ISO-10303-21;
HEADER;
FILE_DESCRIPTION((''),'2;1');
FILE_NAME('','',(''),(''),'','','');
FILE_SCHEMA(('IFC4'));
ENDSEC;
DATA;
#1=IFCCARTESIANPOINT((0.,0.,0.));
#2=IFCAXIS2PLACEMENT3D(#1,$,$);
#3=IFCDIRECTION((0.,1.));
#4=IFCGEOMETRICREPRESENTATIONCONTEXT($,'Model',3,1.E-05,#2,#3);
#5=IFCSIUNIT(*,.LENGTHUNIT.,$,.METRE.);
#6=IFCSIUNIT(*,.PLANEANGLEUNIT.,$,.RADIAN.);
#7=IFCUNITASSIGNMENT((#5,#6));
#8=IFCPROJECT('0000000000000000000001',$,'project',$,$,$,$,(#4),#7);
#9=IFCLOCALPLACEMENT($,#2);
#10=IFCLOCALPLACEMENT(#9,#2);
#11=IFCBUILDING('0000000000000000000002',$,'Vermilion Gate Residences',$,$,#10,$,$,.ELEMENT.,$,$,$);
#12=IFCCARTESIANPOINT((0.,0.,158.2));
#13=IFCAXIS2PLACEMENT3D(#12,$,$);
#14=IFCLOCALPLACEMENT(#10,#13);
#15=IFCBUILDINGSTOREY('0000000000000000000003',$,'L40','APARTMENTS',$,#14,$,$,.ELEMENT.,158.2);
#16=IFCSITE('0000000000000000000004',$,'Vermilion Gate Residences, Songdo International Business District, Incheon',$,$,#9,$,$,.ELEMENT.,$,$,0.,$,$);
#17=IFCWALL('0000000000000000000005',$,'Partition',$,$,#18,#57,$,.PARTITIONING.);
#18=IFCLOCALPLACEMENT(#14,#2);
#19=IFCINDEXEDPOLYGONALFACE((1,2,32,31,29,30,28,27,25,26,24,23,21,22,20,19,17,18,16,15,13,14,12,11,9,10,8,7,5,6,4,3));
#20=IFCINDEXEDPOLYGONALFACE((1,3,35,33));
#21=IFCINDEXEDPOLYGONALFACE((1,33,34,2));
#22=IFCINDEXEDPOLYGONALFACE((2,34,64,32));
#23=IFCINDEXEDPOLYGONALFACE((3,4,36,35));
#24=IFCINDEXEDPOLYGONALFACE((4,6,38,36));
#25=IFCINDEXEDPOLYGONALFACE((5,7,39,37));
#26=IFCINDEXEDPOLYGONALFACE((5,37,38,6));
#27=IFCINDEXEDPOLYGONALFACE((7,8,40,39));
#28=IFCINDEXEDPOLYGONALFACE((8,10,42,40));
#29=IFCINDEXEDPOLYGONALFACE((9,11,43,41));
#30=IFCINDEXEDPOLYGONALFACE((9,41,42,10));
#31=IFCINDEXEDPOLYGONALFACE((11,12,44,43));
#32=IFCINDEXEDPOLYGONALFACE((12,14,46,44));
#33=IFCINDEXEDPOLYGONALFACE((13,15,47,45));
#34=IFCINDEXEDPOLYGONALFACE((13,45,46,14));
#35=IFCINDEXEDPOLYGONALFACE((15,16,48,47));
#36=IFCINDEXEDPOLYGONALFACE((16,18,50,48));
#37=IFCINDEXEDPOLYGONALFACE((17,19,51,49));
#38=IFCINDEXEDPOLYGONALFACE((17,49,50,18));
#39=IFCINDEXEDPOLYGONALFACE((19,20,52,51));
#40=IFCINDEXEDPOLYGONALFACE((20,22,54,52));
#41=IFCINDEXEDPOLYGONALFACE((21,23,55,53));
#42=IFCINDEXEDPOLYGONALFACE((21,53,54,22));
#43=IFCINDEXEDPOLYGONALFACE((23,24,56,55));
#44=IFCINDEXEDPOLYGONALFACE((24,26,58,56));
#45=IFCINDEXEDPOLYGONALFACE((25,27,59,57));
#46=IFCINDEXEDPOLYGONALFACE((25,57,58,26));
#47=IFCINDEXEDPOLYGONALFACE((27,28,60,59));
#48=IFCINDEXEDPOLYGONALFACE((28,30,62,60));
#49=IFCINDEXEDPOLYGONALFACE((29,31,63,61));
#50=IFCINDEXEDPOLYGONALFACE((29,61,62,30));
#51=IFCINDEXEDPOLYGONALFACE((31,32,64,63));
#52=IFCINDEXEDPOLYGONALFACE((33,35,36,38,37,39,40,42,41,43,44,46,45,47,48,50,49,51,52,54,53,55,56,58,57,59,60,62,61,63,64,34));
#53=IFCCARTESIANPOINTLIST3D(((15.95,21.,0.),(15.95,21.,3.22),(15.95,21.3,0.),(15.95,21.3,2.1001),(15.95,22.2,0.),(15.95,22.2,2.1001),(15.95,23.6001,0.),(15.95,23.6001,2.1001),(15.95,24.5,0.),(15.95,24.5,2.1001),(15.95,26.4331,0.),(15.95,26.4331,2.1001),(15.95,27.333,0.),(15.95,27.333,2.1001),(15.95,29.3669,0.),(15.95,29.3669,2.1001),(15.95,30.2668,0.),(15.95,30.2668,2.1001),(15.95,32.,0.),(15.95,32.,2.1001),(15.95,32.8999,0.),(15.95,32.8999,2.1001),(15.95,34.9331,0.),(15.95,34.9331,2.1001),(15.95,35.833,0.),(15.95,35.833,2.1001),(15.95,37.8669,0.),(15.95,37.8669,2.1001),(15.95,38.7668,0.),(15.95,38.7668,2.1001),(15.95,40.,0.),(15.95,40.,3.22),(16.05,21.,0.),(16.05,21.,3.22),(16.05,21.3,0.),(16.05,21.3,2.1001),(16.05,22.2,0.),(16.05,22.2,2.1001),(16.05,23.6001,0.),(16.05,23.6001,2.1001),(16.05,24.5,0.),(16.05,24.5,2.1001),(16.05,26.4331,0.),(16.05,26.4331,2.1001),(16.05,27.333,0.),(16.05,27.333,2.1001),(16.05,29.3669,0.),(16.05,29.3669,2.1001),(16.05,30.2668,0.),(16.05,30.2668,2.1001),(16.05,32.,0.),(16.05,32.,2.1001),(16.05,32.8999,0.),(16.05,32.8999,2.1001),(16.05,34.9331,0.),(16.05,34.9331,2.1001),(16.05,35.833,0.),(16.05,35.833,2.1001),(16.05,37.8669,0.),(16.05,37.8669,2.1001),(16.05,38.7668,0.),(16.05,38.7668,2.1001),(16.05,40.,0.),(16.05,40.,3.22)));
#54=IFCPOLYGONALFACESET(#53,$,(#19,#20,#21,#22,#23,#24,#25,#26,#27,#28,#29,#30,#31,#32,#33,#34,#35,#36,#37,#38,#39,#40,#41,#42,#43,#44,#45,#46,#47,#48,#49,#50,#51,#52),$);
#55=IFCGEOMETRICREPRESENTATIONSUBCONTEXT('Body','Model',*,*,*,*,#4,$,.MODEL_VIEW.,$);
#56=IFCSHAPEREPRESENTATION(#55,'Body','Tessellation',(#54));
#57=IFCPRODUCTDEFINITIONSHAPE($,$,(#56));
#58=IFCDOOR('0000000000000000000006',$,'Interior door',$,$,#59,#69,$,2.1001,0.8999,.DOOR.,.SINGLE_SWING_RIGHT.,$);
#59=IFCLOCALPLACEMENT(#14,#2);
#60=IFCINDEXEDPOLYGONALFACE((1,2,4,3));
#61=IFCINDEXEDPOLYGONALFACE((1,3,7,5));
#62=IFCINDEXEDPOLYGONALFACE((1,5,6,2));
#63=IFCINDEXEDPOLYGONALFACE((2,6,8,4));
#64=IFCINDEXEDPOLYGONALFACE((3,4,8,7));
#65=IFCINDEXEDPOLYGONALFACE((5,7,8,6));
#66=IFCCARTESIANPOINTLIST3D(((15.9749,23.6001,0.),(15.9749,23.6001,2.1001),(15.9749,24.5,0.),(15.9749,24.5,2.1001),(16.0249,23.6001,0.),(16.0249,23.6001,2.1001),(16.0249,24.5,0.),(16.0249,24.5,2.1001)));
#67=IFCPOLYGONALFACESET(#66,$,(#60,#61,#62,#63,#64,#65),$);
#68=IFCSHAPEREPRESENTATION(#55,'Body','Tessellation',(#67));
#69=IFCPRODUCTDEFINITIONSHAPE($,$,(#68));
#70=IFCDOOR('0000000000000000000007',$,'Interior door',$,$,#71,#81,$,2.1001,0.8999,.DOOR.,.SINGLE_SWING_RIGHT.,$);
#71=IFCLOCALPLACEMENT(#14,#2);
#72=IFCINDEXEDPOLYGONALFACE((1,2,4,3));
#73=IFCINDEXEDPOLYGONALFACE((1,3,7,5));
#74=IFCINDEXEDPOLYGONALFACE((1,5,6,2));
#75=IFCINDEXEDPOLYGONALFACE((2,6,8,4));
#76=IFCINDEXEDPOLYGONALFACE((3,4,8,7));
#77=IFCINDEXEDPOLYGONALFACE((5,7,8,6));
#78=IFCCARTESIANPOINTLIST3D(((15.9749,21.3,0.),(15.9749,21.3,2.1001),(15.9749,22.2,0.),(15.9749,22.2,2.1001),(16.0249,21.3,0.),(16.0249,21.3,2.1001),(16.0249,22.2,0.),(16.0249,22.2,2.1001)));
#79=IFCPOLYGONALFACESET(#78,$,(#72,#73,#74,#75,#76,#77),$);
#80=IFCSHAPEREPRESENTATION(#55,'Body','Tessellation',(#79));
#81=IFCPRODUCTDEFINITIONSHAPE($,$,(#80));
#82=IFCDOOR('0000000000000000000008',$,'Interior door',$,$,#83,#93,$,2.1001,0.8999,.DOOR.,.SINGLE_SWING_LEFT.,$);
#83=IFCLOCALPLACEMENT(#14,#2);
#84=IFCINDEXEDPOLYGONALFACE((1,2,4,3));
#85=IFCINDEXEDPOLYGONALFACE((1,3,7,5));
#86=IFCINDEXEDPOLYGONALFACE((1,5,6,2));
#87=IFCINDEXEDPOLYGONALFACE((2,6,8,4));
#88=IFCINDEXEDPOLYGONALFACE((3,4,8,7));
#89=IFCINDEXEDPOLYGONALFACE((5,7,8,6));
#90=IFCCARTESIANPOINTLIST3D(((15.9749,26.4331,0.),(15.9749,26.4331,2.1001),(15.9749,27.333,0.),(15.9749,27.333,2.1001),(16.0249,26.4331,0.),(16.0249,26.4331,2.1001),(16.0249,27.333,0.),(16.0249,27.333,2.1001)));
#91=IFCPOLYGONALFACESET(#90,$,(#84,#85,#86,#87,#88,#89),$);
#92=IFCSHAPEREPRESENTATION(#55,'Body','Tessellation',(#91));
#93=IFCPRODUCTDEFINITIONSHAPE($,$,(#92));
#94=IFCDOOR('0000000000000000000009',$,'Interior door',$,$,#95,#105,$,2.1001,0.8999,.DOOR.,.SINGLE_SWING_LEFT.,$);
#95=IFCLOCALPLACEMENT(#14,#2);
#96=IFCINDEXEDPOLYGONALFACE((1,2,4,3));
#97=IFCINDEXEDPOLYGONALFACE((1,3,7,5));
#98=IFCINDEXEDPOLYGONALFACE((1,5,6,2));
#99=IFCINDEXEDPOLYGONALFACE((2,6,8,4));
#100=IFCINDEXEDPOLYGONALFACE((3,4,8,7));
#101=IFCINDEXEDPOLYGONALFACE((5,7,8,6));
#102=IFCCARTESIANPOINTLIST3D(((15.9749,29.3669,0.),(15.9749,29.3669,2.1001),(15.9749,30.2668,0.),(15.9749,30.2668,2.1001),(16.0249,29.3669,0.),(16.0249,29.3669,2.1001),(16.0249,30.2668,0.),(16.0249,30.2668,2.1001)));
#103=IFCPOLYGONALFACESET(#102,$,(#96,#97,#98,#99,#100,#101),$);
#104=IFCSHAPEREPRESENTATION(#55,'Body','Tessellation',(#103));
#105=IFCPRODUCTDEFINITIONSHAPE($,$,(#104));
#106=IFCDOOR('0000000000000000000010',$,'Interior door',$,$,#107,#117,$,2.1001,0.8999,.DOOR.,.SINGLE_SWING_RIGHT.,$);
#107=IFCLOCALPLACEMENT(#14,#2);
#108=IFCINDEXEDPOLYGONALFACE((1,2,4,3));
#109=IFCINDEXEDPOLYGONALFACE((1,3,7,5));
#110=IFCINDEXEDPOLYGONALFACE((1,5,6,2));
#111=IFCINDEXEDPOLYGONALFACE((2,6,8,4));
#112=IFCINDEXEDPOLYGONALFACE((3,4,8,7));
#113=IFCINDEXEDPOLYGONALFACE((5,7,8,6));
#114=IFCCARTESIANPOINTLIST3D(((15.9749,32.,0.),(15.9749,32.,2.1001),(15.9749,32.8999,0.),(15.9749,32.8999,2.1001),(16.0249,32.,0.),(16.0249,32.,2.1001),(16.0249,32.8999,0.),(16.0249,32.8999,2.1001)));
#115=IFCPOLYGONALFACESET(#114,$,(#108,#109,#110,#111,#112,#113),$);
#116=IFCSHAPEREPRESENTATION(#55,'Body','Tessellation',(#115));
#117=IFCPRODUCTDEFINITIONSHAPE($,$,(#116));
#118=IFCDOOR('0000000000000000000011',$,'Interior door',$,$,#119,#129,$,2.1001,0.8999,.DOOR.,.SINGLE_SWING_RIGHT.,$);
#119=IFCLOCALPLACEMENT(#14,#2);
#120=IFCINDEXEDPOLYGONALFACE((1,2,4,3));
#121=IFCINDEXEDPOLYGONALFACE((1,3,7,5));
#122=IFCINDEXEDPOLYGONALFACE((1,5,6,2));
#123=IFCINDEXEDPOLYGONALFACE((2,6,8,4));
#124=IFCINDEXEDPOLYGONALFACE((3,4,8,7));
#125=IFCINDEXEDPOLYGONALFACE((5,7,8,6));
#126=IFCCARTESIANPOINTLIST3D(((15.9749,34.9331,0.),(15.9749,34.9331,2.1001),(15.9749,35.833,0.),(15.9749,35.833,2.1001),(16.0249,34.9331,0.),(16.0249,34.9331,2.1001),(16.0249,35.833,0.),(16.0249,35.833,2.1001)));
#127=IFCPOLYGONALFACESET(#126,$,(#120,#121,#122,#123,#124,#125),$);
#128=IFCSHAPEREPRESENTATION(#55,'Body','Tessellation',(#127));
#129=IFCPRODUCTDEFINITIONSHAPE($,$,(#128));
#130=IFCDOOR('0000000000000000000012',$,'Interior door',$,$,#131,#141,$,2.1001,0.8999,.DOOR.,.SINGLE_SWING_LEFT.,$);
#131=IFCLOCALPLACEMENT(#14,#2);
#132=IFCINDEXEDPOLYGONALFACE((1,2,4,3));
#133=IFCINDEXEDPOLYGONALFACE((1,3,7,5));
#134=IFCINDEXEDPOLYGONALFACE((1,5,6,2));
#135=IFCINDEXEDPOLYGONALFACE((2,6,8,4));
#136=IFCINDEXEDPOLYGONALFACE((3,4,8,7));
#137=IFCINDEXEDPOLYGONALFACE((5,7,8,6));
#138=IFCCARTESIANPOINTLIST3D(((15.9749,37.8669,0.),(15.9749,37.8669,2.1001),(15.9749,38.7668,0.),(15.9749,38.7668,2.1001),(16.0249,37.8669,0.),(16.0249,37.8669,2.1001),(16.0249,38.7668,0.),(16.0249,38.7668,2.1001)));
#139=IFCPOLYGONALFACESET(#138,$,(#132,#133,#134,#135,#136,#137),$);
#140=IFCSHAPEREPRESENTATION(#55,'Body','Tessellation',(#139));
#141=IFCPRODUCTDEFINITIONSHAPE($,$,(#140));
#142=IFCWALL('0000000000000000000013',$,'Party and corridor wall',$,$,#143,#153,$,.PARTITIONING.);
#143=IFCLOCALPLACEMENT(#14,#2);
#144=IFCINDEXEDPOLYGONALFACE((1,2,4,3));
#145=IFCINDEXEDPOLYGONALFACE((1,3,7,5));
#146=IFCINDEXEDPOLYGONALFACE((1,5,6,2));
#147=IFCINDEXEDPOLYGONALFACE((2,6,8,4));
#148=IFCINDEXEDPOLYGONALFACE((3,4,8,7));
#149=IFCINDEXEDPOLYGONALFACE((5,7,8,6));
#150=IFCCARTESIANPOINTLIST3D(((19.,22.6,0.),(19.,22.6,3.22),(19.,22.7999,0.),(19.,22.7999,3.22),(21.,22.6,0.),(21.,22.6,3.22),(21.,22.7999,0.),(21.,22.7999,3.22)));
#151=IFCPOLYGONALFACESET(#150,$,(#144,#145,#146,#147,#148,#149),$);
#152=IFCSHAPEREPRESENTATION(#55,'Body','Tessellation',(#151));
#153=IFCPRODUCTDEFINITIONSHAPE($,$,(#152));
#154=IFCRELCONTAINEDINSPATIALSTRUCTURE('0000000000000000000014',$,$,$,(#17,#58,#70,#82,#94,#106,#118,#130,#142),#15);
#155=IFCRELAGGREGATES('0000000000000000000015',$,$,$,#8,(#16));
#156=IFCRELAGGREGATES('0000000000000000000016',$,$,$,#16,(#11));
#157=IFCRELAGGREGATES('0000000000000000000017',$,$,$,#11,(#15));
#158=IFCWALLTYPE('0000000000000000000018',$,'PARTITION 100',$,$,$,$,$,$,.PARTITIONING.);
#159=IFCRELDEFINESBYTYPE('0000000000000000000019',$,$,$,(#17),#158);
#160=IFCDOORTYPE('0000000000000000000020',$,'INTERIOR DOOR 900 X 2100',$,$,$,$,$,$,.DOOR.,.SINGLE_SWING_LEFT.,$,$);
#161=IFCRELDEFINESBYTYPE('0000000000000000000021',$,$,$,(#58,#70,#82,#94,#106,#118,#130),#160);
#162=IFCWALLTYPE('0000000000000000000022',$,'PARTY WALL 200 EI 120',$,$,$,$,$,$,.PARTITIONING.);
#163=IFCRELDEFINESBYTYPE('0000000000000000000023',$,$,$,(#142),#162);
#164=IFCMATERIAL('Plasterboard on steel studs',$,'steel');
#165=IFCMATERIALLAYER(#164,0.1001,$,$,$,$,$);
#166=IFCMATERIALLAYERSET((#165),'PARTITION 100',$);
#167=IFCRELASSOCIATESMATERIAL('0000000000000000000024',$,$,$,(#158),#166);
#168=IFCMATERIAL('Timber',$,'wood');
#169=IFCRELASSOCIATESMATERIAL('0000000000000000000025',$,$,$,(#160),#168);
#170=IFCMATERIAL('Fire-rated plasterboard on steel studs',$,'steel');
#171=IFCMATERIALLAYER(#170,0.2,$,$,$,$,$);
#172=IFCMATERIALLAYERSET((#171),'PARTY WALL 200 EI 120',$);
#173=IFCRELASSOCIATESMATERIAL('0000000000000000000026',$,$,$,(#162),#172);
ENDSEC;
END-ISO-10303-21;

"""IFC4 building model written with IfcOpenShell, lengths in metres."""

from ifc_helpers import new_model, si_unit, direction, frame, frame_2d, origin, place, context, subcontext, project, spatial, rectangle, extrude, material, layer, layer_set, type_object, element, fill, save


model = new_model("IFC4")

# Units and contexts
model_context = context("Model", 3, precision=1e-05, world=origin(), true_north=direction((0.0, 1.0)))
body_context = subcontext(model_context, "Body", "Model", "MODEL_VIEW")
ifc_project = project(units=[si_unit("LENGTHUNIT", "METRE"), si_unit("PLANEANGLEUNIT", "RADIAN")], contexts=[model_context])

# Site, building, storey
site_placement = place(None, origin())
site = spatial("IfcSite", under=ifc_project, at=site_placement, Name="Vermilion Gate Residences, Songdo International Business District, Incheon", CompositionType="ELEMENT", RefElevation=0.0)
building_placement = place(site_placement, origin())
building = spatial("IfcBuilding", under=site, at=building_placement, Name="Vermilion Gate Residences", CompositionType="ELEMENT")
storey_placement = place(building_placement, frame((0.0, 0.0, 158.2)))
storey = spatial("IfcBuildingStorey", under=building, at=storey_placement, Name="L40", Description="APARTMENTS", CompositionType="ELEMENT", Elevation=158.2)

# Shared definitions
ifc_material_1 = material(Name="Plasterboard on steel studs", Category="steel")
ifc_layer_1 = layer(ifc_material_1, 0.1001)
ifc_layer_set_1 = layer_set([ifc_layer_1], Name="PARTITION 100")
wall_type_1 = type_object("IfcWallType", Name="PARTITION 100", PredefinedType="PARTITIONING", material=ifc_layer_set_1)

# Wall, openings, doors
wall_1_placement = place(storey_placement, frame((16.0, 21.0, 0.0), z_axis=(0.0, 0.0, 1.0), x_axis=(0.0, 1.0, 0.0)))
wall_1 = element("IfcWall", 1, at=wall_1_placement, inside=storey, type_object=wall_type_1, Name="Partition", PredefinedType="PARTITIONING", context=body_context, shape_type="SweptSolid", body=[
    extrude(rectangle(XDim=19.0, YDim=0.1001, at=frame_2d((9.5, 0.0))), origin(), (0.0, 0.0, 1.0), 3.22),
])
opening_1_placement = place(wall_1_placement, frame((2.6001, 0.0, 0.0)))
opening_1 = element("IfcOpeningElement", 2, at=opening_1_placement, cuts=wall_1, PredefinedType="OPENING", context=body_context, shape_type="SweptSolid", body=[
    extrude(rectangle(XDim=0.8999, YDim=2.1001, at=frame_2d((0.45, 1.05))), frame((0.0, 0.0601, 0.0), z_axis=(0.0, -1.0, 0.0), x_axis=(1.0, 0.0, 0.0)), (0.0, 0.0, 1.0), 0.1201),
])
opening_2_placement = place(wall_1_placement, frame((0.3, 0.0, 0.0)))
opening_2 = element("IfcOpeningElement", 3, at=opening_2_placement, cuts=wall_1, PredefinedType="OPENING", context=body_context, shape_type="SweptSolid", body=[
    extrude(rectangle(XDim=0.8999, YDim=2.1001, at=frame_2d((0.45, 1.05))), frame((0.0, 0.0601, 0.0), z_axis=(0.0, -1.0, 0.0), x_axis=(1.0, 0.0, 0.0)), (0.0, 0.0, 1.0), 0.1201),
])
opening_3_placement = place(wall_1_placement, frame((5.4331, 0.0, 0.0)))
opening_3 = element("IfcOpeningElement", 4, at=opening_3_placement, cuts=wall_1, PredefinedType="OPENING", context=body_context, shape_type="SweptSolid", body=[
    extrude(rectangle(XDim=0.8999, YDim=2.1001, at=frame_2d((0.45, 1.05))), frame((0.0, 0.0601, 0.0), z_axis=(0.0, -1.0, 0.0), x_axis=(1.0, 0.0, 0.0)), (0.0, 0.0, 1.0), 0.1201),
])
opening_4_placement = place(wall_1_placement, frame((8.3669, 0.0, 0.0)))
opening_4 = element("IfcOpeningElement", 5, at=opening_4_placement, cuts=wall_1, PredefinedType="OPENING", context=body_context, shape_type="SweptSolid", body=[
    extrude(rectangle(XDim=0.8999, YDim=2.1001, at=frame_2d((0.45, 1.05))), frame((0.0, 0.0601, 0.0), z_axis=(0.0, -1.0, 0.0), x_axis=(1.0, 0.0, 0.0)), (0.0, 0.0, 1.0), 0.1201),
])
opening_5_placement = place(wall_1_placement, frame((11.0, 0.0, 0.0)))
opening_5 = element("IfcOpeningElement", 6, at=opening_5_placement, cuts=wall_1, PredefinedType="OPENING", context=body_context, shape_type="SweptSolid", body=[
    extrude(rectangle(XDim=0.8999, YDim=2.1001, at=frame_2d((0.45, 1.05))), frame((0.0, 0.0601, 0.0), z_axis=(0.0, -1.0, 0.0), x_axis=(1.0, 0.0, 0.0)), (0.0, 0.0, 1.0), 0.1201),
])
opening_6_placement = place(wall_1_placement, frame((13.9331, 0.0, 0.0)))
opening_6 = element("IfcOpeningElement", 7, at=opening_6_placement, cuts=wall_1, PredefinedType="OPENING", context=body_context, shape_type="SweptSolid", body=[
    extrude(rectangle(XDim=0.8999, YDim=2.1001, at=frame_2d((0.45, 1.05))), frame((0.0, 0.0601, 0.0), z_axis=(0.0, -1.0, 0.0), x_axis=(1.0, 0.0, 0.0)), (0.0, 0.0, 1.0), 0.1201),
])
opening_7_placement = place(wall_1_placement, frame((16.8669, 0.0, 0.0)))
opening_7 = element("IfcOpeningElement", 8, at=opening_7_placement, cuts=wall_1, PredefinedType="OPENING", context=body_context, shape_type="SweptSolid", body=[
    extrude(rectangle(XDim=0.8999, YDim=2.1001, at=frame_2d((0.45, 1.05))), frame((0.0, 0.0601, 0.0), z_axis=(0.0, -1.0, 0.0), x_axis=(1.0, 0.0, 0.0)), (0.0, 0.0, 1.0), 0.1201),
])
ifc_material_2 = material(Name="Timber", Category="wood")
door_type_1 = type_object("IfcDoorType", Name="INTERIOR DOOR 900 X 2100", OperationType="SINGLE_SWING_LEFT", PredefinedType="DOOR", material=ifc_material_2)
door_1_placement = place(opening_1_placement, frame((0.8999, 0.0, 0.0), z_axis=(0.0, 0.0, 1.0), x_axis=(-1.0, 0.0, 0.0)))
door_1 = element("IfcDoor", 9, at=door_1_placement, inside=storey, type_object=door_type_1, Name="Interior door", OperationType="SINGLE_SWING_RIGHT", OverallHeight=2.1001, OverallWidth=0.8999, PredefinedType="DOOR", context=body_context, shape_type="SweptSolid", body=[
    extrude(rectangle(XDim=0.8999, YDim=2.1001, at=frame_2d((0.45, 1.05))), frame((0.0, 0.0249, 0.0), z_axis=(0.0, -1.0, 0.0), x_axis=(1.0, 0.0, 0.0)), (0.0, 0.0, 1.0), 0.05),
])
fill(opening_1, door_1)
door_2_placement = place(opening_2_placement, frame((0.8999, 0.0, 0.0), z_axis=(0.0, 0.0, 1.0), x_axis=(-1.0, 0.0, 0.0)))
door_2 = element("IfcDoor", 10, at=door_2_placement, inside=storey, type_object=door_type_1, Name="Interior door", OperationType="SINGLE_SWING_RIGHT", OverallHeight=2.1001, OverallWidth=0.8999, PredefinedType="DOOR", context=body_context, shape_type="SweptSolid", body=[
    extrude(rectangle(XDim=0.8999, YDim=2.1001, at=frame_2d((0.45, 1.05))), frame((0.0, 0.0249, 0.0), z_axis=(0.0, -1.0, 0.0), x_axis=(1.0, 0.0, 0.0)), (0.0, 0.0, 1.0), 0.05),
])
fill(opening_2, door_2)
door_3_placement = place(opening_3_placement, frame((0.8999, 0.0, 0.0), z_axis=(0.0, 0.0, 1.0), x_axis=(-1.0, 0.0, 0.0)))
door_3 = element("IfcDoor", 11, at=door_3_placement, inside=storey, type_object=door_type_1, Name="Interior door", OperationType="SINGLE_SWING_LEFT", OverallHeight=2.1001, OverallWidth=0.8999, PredefinedType="DOOR", context=body_context, shape_type="SweptSolid", body=[
    extrude(rectangle(XDim=0.8999, YDim=2.1001, at=frame_2d((0.45, 1.05))), frame((0.0, 0.0249, 0.0), z_axis=(0.0, -1.0, 0.0), x_axis=(1.0, 0.0, 0.0)), (0.0, 0.0, 1.0), 0.05),
])
fill(opening_3, door_3)
door_4_placement = place(opening_4_placement, frame((0.8999, 0.0, 0.0), z_axis=(0.0, 0.0, 1.0), x_axis=(-1.0, 0.0, 0.0)))
door_4 = element("IfcDoor", 12, at=door_4_placement, inside=storey, type_object=door_type_1, Name="Interior door", OperationType="SINGLE_SWING_LEFT", OverallHeight=2.1001, OverallWidth=0.8999, PredefinedType="DOOR", context=body_context, shape_type="SweptSolid", body=[
    extrude(rectangle(XDim=0.8999, YDim=2.1001, at=frame_2d((0.45, 1.05))), frame((0.0, 0.0249, 0.0), z_axis=(0.0, -1.0, 0.0), x_axis=(1.0, 0.0, 0.0)), (0.0, 0.0, 1.0), 0.05),
])
fill(opening_4, door_4)
door_5_placement = place(opening_5_placement, frame((0.8999, 0.0, 0.0), z_axis=(0.0, 0.0, 1.0), x_axis=(-1.0, 0.0, 0.0)))
door_5 = element("IfcDoor", 13, at=door_5_placement, inside=storey, type_object=door_type_1, Name="Interior door", OperationType="SINGLE_SWING_RIGHT", OverallHeight=2.1001, OverallWidth=0.8999, PredefinedType="DOOR", context=body_context, shape_type="SweptSolid", body=[
    extrude(rectangle(XDim=0.8999, YDim=2.1001, at=frame_2d((0.45, 1.05))), frame((0.0, 0.0249, 0.0), z_axis=(0.0, -1.0, 0.0), x_axis=(1.0, 0.0, 0.0)), (0.0, 0.0, 1.0), 0.05),
])
fill(opening_5, door_5)
door_6_placement = place(opening_6_placement, frame((0.8999, 0.0, 0.0), z_axis=(0.0, 0.0, 1.0), x_axis=(-1.0, 0.0, 0.0)))
door_6 = element("IfcDoor", 14, at=door_6_placement, inside=storey, type_object=door_type_1, Name="Interior door", OperationType="SINGLE_SWING_RIGHT", OverallHeight=2.1001, OverallWidth=0.8999, PredefinedType="DOOR", context=body_context, shape_type="SweptSolid", body=[
    extrude(rectangle(XDim=0.8999, YDim=2.1001, at=frame_2d((0.45, 1.05))), frame((0.0, 0.0249, 0.0), z_axis=(0.0, -1.0, 0.0), x_axis=(1.0, 0.0, 0.0)), (0.0, 0.0, 1.0), 0.05),
])
fill(opening_6, door_6)
door_7_placement = place(opening_7_placement, frame((0.8999, 0.0, 0.0), z_axis=(0.0, 0.0, 1.0), x_axis=(-1.0, 0.0, 0.0)))
door_7 = element("IfcDoor", 15, at=door_7_placement, inside=storey, type_object=door_type_1, Name="Interior door", OperationType="SINGLE_SWING_LEFT", OverallHeight=2.1001, OverallWidth=0.8999, PredefinedType="DOOR", context=body_context, shape_type="SweptSolid", body=[
    extrude(rectangle(XDim=0.8999, YDim=2.1001, at=frame_2d((0.45, 1.05))), frame((0.0, 0.0249, 0.0), z_axis=(0.0, -1.0, 0.0), x_axis=(1.0, 0.0, 0.0)), (0.0, 0.0, 1.0), 0.05),
])
fill(opening_7, door_7)

# Wall
ifc_material_3 = material(Name="Fire-rated plasterboard on steel studs", Category="steel")
ifc_layer_2 = layer(ifc_material_3, 0.2)
ifc_layer_set_2 = layer_set([ifc_layer_2], Name="PARTY WALL 200 EI 120")
wall_type_2 = type_object("IfcWallType", Name="PARTY WALL 200 EI 120", PredefinedType="PARTITIONING", material=ifc_layer_set_2)
wall_2_placement = place(storey_placement, frame((19.0, 22.7, 0.0), z_axis=(0.0, 0.0, 1.0), x_axis=(1.0, 0.0, 0.0)))
element("IfcWall", 16, at=wall_2_placement, inside=storey, type_object=wall_type_2, Name="Party and corridor wall", PredefinedType="PARTITIONING", context=body_context, shape_type="SweptSolid", body=[
    extrude(rectangle(XDim=2.0, YDim=0.2, at=frame_2d((1.0, 0.0))), origin(), (0.0, 0.0, 1.0), 3.22),
])

save(model, "model.ifc")
